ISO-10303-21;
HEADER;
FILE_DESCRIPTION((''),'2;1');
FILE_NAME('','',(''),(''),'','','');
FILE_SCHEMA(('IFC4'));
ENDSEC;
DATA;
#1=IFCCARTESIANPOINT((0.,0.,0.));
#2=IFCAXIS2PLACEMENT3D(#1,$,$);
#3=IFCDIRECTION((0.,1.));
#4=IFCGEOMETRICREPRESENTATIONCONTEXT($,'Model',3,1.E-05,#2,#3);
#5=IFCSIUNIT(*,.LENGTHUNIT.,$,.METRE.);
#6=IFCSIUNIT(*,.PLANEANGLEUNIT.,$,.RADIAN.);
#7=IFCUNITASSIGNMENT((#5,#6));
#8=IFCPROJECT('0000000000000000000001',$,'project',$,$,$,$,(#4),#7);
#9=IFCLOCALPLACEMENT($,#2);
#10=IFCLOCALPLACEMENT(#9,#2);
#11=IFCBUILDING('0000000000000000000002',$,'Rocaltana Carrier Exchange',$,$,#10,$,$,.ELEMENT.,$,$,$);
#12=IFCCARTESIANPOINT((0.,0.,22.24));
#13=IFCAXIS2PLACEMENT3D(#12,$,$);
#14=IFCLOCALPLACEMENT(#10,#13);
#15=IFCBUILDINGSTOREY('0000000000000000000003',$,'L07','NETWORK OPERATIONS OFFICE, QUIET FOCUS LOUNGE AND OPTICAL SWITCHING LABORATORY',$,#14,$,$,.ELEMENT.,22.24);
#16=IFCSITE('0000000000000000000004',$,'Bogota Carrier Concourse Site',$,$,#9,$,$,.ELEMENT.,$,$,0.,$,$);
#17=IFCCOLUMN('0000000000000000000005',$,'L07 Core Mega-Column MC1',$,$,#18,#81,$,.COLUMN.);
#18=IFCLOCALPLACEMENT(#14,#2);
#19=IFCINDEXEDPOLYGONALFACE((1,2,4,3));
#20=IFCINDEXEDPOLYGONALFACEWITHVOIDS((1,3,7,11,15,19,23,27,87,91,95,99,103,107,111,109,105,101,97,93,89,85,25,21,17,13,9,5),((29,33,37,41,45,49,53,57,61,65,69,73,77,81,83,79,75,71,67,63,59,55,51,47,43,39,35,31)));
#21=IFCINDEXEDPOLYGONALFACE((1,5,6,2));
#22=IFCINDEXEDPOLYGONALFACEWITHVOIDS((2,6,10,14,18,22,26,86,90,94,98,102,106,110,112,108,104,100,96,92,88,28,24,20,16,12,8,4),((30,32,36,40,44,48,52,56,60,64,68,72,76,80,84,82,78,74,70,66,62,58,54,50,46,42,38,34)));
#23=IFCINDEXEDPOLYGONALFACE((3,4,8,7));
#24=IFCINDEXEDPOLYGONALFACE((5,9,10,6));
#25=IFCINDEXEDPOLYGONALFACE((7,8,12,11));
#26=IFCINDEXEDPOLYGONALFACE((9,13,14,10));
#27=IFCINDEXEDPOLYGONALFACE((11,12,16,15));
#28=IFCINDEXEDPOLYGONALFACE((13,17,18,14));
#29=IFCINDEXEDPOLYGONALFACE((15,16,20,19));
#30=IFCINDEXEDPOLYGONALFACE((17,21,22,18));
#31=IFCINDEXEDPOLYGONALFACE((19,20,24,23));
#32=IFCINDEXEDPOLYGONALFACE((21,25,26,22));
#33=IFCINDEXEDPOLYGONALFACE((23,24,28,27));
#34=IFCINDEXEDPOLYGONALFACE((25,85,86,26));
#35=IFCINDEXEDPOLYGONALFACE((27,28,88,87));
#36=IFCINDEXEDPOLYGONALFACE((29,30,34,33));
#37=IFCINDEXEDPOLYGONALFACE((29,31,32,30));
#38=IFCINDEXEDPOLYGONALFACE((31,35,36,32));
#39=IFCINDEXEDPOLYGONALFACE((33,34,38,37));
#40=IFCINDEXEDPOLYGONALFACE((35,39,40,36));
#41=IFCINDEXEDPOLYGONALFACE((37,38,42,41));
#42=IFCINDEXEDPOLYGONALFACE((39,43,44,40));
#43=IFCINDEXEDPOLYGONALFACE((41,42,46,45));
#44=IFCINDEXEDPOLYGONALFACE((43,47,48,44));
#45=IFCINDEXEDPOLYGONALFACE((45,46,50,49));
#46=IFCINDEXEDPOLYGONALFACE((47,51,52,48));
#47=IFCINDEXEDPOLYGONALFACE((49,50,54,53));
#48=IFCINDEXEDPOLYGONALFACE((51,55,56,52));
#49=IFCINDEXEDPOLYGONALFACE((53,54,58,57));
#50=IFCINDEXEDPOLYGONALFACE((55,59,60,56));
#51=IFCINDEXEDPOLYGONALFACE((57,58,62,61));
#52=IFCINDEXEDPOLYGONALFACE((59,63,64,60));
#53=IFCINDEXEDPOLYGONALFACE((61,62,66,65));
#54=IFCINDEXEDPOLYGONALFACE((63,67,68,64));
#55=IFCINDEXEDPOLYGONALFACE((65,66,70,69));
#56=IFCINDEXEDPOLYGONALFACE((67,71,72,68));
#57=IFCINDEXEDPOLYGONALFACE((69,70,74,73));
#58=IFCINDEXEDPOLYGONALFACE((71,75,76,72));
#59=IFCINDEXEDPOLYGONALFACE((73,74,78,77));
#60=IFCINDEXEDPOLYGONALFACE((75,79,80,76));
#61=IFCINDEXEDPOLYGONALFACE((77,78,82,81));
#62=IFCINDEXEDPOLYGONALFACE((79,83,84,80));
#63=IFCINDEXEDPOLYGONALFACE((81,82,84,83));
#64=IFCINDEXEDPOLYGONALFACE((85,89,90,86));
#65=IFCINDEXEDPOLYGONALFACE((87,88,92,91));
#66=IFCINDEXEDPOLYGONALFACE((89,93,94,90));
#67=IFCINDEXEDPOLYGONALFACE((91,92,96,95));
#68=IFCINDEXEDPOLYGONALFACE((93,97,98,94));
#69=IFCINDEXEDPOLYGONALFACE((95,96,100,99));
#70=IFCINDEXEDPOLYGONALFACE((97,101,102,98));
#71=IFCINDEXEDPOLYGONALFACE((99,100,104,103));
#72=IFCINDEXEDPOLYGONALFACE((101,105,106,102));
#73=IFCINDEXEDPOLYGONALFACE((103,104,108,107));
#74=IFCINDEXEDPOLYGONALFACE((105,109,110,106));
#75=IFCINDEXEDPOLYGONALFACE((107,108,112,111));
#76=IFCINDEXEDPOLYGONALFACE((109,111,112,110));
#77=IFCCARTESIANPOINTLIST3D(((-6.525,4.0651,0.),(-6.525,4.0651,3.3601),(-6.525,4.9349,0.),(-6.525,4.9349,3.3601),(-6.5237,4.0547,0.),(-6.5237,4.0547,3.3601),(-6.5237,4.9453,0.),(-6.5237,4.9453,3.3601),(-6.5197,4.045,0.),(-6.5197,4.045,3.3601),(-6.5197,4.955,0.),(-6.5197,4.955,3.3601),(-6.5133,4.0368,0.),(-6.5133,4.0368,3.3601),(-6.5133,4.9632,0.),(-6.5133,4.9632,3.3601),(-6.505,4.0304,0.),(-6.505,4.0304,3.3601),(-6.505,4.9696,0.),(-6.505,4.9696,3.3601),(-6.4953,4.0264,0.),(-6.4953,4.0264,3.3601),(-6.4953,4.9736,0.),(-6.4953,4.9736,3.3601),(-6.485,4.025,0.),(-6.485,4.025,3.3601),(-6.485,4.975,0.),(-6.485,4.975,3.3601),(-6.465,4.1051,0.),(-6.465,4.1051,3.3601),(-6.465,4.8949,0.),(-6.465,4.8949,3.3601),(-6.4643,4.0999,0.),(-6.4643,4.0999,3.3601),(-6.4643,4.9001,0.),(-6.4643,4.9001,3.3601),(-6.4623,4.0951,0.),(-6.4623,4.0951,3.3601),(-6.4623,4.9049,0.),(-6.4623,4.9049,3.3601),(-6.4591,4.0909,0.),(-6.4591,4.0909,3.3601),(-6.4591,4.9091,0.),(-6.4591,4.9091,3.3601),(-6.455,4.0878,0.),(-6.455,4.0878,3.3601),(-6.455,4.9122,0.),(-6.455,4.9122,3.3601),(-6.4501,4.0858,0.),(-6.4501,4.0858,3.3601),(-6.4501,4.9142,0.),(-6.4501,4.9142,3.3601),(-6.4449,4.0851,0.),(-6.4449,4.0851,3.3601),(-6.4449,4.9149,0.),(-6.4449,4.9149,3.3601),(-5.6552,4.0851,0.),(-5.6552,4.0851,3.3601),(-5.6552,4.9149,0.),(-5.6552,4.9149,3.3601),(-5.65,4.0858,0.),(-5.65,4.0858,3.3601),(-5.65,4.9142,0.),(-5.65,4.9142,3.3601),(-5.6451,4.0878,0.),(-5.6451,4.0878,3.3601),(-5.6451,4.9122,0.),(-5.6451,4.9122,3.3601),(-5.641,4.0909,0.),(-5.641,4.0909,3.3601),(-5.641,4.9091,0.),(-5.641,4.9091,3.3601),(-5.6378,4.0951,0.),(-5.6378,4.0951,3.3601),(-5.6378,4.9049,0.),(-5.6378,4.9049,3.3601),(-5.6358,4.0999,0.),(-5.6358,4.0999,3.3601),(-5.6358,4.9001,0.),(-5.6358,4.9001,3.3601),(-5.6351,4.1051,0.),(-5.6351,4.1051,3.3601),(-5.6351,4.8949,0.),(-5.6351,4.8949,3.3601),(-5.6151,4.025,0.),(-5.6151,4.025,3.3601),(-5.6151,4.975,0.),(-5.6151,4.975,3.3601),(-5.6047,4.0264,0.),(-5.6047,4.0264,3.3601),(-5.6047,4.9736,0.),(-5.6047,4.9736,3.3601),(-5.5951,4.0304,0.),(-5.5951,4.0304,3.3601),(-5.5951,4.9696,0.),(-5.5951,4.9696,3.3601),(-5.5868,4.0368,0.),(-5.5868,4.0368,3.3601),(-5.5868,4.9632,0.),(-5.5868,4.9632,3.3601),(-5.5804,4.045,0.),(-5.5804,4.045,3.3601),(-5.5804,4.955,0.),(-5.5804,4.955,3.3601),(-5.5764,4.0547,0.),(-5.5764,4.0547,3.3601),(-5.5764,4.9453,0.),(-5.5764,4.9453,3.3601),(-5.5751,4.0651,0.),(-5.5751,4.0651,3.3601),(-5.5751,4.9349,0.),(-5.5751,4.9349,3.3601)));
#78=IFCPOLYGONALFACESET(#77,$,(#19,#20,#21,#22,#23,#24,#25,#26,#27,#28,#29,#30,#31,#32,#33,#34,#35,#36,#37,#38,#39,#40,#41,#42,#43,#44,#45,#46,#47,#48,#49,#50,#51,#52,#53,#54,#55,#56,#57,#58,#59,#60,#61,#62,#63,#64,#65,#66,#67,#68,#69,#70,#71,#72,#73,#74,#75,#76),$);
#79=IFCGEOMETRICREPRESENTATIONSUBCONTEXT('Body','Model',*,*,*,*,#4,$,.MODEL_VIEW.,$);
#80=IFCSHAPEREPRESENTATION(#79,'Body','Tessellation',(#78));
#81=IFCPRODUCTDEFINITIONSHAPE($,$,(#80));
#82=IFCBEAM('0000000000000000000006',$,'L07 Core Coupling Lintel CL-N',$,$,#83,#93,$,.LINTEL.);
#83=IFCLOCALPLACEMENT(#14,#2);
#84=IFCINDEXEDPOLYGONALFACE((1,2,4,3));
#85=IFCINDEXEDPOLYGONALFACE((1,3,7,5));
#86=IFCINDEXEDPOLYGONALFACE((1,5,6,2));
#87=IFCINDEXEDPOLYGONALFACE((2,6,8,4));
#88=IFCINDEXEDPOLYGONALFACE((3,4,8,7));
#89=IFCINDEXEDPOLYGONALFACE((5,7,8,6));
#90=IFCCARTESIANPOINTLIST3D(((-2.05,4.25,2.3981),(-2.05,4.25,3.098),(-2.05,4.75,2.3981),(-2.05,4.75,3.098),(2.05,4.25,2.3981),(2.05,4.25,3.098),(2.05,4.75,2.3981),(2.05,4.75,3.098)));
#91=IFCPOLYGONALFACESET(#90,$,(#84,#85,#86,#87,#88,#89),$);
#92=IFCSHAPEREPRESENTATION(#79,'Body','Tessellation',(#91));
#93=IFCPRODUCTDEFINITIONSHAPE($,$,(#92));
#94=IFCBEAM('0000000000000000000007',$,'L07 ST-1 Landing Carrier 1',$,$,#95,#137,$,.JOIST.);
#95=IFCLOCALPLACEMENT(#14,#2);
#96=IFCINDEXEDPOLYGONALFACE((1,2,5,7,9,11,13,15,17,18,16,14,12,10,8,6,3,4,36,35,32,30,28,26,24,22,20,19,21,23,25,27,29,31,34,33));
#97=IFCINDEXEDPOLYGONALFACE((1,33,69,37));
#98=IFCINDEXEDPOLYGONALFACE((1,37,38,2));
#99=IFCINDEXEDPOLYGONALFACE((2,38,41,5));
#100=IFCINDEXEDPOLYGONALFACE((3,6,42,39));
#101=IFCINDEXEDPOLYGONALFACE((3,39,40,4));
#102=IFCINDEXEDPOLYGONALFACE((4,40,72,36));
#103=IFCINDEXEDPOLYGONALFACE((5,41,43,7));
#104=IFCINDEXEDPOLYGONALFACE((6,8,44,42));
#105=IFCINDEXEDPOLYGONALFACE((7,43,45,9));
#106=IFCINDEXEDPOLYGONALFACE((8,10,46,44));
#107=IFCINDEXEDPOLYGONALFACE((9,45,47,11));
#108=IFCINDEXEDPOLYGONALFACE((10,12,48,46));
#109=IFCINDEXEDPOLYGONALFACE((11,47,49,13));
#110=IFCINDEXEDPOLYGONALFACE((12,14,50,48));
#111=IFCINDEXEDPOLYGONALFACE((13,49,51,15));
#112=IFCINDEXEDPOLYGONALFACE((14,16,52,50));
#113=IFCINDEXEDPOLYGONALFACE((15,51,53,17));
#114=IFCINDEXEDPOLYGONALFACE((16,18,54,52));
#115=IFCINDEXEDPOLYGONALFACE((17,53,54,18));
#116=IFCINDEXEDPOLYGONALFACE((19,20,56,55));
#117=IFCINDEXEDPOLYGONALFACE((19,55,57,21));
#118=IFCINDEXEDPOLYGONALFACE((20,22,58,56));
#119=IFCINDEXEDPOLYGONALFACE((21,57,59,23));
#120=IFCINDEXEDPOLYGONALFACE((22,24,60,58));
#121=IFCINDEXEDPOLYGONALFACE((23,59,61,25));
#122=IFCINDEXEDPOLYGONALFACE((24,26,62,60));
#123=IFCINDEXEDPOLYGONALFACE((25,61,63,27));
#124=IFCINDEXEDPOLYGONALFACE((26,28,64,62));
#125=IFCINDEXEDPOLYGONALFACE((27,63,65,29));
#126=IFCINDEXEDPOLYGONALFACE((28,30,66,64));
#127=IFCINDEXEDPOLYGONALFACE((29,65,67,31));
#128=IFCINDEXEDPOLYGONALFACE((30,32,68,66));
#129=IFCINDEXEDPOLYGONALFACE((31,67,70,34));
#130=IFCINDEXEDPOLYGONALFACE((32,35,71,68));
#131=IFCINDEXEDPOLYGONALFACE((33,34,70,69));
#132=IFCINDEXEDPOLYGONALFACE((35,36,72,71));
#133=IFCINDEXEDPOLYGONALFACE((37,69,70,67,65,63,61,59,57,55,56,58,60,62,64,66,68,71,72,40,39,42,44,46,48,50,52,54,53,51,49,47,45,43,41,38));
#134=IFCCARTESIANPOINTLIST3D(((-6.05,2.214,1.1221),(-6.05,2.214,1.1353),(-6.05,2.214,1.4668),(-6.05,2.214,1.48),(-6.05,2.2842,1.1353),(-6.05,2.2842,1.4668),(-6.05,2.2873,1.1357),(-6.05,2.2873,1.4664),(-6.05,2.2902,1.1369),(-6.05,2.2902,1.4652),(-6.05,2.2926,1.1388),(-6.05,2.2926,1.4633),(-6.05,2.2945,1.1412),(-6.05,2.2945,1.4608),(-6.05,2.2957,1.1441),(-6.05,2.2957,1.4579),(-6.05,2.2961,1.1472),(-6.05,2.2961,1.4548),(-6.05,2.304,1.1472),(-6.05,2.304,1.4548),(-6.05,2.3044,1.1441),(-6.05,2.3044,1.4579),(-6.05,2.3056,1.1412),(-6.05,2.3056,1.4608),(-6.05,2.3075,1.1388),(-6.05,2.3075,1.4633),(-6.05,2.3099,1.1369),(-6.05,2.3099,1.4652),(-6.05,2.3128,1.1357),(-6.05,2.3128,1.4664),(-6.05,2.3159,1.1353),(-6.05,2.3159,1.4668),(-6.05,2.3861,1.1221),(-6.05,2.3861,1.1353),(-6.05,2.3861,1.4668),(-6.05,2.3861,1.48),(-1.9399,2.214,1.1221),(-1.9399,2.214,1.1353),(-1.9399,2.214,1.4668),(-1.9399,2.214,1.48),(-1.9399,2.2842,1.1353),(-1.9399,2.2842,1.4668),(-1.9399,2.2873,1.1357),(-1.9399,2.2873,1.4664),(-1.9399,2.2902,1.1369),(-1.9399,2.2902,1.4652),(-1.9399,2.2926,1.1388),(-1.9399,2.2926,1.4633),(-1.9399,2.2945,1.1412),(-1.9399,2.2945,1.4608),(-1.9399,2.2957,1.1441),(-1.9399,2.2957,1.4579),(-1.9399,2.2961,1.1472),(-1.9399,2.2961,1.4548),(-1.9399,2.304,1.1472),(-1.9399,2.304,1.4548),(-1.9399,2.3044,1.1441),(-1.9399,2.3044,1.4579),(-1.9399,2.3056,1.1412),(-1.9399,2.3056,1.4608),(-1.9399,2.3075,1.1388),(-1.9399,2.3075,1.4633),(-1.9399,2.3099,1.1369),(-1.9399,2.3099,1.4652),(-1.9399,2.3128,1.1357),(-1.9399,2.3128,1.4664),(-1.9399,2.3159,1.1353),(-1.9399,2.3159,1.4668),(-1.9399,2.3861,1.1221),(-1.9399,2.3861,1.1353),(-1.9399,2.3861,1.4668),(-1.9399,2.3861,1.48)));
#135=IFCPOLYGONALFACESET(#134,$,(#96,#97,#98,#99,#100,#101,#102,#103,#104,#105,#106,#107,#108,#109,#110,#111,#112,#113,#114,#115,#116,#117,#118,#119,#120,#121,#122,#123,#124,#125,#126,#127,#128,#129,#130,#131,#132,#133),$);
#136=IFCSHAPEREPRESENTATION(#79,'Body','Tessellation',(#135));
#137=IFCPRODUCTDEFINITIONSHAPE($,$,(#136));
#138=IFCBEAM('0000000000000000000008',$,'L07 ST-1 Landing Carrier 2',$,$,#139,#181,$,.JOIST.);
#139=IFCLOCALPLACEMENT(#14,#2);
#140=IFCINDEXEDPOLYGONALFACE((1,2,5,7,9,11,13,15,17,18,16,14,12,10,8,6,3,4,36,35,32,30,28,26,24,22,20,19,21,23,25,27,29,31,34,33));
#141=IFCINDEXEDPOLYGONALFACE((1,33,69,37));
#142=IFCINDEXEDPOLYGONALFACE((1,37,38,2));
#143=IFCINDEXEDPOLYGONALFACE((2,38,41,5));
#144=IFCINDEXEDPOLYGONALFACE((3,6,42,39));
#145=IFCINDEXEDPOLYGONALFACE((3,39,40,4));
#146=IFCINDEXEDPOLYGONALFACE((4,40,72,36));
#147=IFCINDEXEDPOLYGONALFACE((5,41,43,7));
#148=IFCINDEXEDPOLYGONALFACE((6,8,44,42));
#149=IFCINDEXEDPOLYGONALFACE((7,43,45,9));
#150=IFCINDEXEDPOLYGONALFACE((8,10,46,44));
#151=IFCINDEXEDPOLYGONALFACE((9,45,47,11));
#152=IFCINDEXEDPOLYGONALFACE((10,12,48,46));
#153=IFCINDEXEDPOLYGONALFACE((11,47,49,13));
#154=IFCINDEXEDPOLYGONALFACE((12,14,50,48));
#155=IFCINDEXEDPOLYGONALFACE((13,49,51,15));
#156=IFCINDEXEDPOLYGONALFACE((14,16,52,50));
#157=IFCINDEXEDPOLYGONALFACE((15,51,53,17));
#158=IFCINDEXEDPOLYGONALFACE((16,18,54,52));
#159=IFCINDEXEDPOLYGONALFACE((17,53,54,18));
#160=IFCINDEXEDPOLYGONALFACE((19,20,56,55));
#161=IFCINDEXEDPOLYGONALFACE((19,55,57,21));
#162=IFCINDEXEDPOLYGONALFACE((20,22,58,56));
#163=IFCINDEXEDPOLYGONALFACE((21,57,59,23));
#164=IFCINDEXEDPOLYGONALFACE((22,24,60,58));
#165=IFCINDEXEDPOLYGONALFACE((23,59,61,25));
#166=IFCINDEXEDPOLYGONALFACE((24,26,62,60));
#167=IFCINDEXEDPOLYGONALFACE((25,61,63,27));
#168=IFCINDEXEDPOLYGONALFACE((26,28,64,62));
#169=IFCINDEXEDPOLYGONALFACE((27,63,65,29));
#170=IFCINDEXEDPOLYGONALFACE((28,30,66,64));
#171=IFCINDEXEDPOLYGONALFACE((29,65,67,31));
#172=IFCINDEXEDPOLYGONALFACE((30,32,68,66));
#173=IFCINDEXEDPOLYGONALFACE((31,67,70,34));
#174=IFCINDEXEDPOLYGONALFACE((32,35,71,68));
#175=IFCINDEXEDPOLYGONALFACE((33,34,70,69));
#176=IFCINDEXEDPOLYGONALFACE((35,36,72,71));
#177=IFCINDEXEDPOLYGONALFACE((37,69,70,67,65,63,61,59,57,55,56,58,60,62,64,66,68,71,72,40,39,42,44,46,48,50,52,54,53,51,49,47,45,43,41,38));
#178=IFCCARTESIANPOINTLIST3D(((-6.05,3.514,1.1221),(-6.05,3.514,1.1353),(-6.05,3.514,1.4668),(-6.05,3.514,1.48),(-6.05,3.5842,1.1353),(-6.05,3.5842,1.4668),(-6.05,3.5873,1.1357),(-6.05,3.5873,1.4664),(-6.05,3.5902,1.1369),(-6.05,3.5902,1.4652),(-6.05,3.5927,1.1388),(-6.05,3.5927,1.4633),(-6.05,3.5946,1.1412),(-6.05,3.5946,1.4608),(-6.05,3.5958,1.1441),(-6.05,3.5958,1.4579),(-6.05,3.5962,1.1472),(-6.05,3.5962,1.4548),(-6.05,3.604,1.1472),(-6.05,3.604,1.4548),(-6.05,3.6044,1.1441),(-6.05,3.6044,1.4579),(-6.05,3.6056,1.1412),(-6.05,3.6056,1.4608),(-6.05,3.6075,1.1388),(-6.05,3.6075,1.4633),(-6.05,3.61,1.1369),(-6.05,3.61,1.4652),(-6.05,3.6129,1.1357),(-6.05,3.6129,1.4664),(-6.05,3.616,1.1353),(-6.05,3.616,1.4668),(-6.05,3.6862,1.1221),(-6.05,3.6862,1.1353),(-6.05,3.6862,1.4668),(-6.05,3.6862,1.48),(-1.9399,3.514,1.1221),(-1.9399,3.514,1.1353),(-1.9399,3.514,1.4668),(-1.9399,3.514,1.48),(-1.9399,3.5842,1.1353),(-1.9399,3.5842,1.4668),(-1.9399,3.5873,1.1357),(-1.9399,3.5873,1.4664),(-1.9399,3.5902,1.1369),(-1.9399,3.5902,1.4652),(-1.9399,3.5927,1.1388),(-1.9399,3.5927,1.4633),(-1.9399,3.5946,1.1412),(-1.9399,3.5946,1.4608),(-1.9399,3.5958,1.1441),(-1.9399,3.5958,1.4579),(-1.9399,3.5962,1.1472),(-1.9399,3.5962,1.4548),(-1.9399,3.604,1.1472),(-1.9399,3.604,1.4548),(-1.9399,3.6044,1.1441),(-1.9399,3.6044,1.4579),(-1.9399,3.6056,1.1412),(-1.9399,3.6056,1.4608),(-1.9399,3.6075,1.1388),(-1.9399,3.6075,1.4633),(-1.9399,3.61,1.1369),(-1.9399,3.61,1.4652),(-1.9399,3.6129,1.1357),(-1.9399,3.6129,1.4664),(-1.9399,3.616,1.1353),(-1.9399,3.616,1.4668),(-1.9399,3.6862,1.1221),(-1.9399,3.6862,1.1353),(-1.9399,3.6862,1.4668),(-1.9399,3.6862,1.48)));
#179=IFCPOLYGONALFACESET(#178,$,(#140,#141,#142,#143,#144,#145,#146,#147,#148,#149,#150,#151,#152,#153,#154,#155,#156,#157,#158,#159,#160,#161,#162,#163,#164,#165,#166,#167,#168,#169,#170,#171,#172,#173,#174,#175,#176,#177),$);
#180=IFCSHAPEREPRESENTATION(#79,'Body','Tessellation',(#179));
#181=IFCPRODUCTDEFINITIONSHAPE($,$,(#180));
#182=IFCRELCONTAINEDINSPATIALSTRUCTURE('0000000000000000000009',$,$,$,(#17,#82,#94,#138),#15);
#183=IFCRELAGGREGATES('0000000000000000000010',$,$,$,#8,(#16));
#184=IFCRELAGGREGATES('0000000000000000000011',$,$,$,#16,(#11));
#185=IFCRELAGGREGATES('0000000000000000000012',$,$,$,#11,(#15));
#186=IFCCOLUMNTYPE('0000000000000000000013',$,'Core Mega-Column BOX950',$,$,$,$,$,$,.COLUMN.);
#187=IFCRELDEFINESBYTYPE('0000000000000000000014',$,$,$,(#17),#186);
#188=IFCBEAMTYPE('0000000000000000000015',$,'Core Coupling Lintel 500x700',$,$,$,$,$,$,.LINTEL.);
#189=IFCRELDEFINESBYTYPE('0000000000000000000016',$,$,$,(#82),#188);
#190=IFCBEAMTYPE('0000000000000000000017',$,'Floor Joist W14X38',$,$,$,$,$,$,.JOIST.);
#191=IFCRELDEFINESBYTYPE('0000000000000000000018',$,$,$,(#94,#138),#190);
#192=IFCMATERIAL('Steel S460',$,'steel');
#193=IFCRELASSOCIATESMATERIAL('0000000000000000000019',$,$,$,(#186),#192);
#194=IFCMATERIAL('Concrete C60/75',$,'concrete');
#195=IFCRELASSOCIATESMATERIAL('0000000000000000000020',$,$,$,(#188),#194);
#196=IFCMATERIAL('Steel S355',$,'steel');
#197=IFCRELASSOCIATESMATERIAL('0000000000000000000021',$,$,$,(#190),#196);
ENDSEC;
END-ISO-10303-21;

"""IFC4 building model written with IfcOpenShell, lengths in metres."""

from ifc_helpers import new_model, si_unit, direction, frame, origin, origin_2d, place, context, subcontext, project, spatial, rectangle, hollow_rectangle, i_section, extrude, material, material_profile, profile_set, type_object, element, save


model = new_model("IFC4")

# Units and contexts
model_context = context("Model", 3, precision=1e-05, world=origin(), true_north=direction((0.0, 1.0)))
body_context = subcontext(model_context, "Body", "Model", "MODEL_VIEW")
ifc_project = project(units=[si_unit("LENGTHUNIT", "METRE"), si_unit("PLANEANGLEUNIT", "RADIAN")], contexts=[model_context])

# Site, building, storey
site_placement = place(None, origin())
site = spatial("IfcSite", under=ifc_project, at=site_placement, Name="Bogota Carrier Concourse Site", CompositionType="ELEMENT", RefElevation=0.0)
building_placement = place(site_placement, origin())
building = spatial("IfcBuilding", under=site, at=building_placement, Name="Rocaltana Carrier Exchange", CompositionType="ELEMENT")
storey_placement = place(building_placement, frame((0.0, 0.0, 22.24)))
storey = spatial("IfcBuildingStorey", under=building, at=storey_placement, Name="L07", Description="NETWORK OPERATIONS OFFICE, QUIET FOCUS LOUNGE AND OPTICAL SWITCHING LABORATORY", CompositionType="ELEMENT", Elevation=22.24)

# Column
ifc_material_1 = material(Name="Steel S460", Category="steel")
ifc_material_profile_1 = material_profile(ifc_material_1, hollow_rectangle(XDim=0.95, YDim=0.95, WallThickness=0.0601, InnerFilletRadius=0.02, OuterFilletRadius=0.04, at=origin_2d()), Name="BOX950X950X60")
ifc_profile_set_1 = profile_set([ifc_material_profile_1], Name="Steel S460")
column_type = type_object("IfcColumnType", Name="Core Mega-Column BOX950", PredefinedType="COLUMN", material=ifc_profile_set_1)
column_placement = place(storey_placement, frame((-6.05, 4.5, 0.0), z_axis=(0.0, 0.0, 1.0), x_axis=(1.0, 0.0, 0.0)))
element("IfcColumn", 1, at=column_placement, inside=storey, type_object=column_type, Name="L07 Core Mega-Column MC1", PredefinedType="COLUMN", context=body_context, shape_type="SweptSolid", body=[
    extrude(hollow_rectangle(XDim=0.95, YDim=0.95, WallThickness=0.0601, InnerFilletRadius=0.02, OuterFilletRadius=0.04, at=origin_2d()), origin(), (0.0, 0.0, 1.0), 3.3601),
])

# Beams
ifc_material_2 = material(Name="Concrete C60/75", Category="concrete")
ifc_material_profile_2 = material_profile(ifc_material_2, rectangle(XDim=0.5, YDim=0.7, at=origin_2d()), Name="RC-BM-500X700")
ifc_profile_set_2 = profile_set([ifc_material_profile_2], Name="Concrete C60/75")
beam_type_1 = type_object("IfcBeamType", Name="Core Coupling Lintel 500x700", PredefinedType="LINTEL", material=ifc_profile_set_2)
beam_1_placement = place(storey_placement, frame((-2.05, 4.5, 2.748), z_axis=(1.0, 0.0, 0.0), x_axis=(0.0, 1.0, 0.0)))
element("IfcBeam", 2, at=beam_1_placement, inside=storey, type_object=beam_type_1, Name="L07 Core Coupling Lintel CL-N", PredefinedType="LINTEL", context=body_context, shape_type="SweptSolid", body=[
    extrude(rectangle(XDim=0.5, YDim=0.7, at=origin_2d()), origin(), (0.0, 0.0, 1.0), 4.1001),
])
ifc_material_3 = material(Name="Steel S355", Category="steel")
ifc_material_profile_3 = material_profile(ifc_material_3, i_section(OverallWidth=0.1721, OverallDepth=0.3579, WebThickness=0.0078, FlangeThickness=0.0132, FilletRadius=0.012, at=origin_2d()), Name="W14X38")
ifc_profile_set_3 = profile_set([ifc_material_profile_3], Name="Steel S355")
beam_type_2 = type_object("IfcBeamType", Name="Floor Joist W14X38", PredefinedType="JOIST", material=ifc_profile_set_3)
for number, where, z_axis, x_axis, name in (
    (3, (-6.05, 2.3, 1.301), (1.0, 0.0, 0.0), (0.0, 1.0, 0.0), "L07 ST-1 Landing Carrier 1"),
    (4, (-6.05, 3.6001, 1.301), (1.0, 0.0, 0.0), (0.0, 1.0, 0.0), "L07 ST-1 Landing Carrier 2"),
):
    element("IfcBeam", number, at=place(storey_placement, frame(where, z_axis=z_axis, x_axis=x_axis)), inside=storey, type_object=beam_type_2, Name=name, PredefinedType="JOIST", context=body_context, shape_type="SweptSolid", body=[
        extrude(i_section(OverallWidth=0.1721, OverallDepth=0.3579, WebThickness=0.0078, FlangeThickness=0.0132, FilletRadius=0.012, at=origin_2d()), origin(), (0.0, 0.0, 1.0), 4.1101),
    ])

save(model, "model.ifc")
